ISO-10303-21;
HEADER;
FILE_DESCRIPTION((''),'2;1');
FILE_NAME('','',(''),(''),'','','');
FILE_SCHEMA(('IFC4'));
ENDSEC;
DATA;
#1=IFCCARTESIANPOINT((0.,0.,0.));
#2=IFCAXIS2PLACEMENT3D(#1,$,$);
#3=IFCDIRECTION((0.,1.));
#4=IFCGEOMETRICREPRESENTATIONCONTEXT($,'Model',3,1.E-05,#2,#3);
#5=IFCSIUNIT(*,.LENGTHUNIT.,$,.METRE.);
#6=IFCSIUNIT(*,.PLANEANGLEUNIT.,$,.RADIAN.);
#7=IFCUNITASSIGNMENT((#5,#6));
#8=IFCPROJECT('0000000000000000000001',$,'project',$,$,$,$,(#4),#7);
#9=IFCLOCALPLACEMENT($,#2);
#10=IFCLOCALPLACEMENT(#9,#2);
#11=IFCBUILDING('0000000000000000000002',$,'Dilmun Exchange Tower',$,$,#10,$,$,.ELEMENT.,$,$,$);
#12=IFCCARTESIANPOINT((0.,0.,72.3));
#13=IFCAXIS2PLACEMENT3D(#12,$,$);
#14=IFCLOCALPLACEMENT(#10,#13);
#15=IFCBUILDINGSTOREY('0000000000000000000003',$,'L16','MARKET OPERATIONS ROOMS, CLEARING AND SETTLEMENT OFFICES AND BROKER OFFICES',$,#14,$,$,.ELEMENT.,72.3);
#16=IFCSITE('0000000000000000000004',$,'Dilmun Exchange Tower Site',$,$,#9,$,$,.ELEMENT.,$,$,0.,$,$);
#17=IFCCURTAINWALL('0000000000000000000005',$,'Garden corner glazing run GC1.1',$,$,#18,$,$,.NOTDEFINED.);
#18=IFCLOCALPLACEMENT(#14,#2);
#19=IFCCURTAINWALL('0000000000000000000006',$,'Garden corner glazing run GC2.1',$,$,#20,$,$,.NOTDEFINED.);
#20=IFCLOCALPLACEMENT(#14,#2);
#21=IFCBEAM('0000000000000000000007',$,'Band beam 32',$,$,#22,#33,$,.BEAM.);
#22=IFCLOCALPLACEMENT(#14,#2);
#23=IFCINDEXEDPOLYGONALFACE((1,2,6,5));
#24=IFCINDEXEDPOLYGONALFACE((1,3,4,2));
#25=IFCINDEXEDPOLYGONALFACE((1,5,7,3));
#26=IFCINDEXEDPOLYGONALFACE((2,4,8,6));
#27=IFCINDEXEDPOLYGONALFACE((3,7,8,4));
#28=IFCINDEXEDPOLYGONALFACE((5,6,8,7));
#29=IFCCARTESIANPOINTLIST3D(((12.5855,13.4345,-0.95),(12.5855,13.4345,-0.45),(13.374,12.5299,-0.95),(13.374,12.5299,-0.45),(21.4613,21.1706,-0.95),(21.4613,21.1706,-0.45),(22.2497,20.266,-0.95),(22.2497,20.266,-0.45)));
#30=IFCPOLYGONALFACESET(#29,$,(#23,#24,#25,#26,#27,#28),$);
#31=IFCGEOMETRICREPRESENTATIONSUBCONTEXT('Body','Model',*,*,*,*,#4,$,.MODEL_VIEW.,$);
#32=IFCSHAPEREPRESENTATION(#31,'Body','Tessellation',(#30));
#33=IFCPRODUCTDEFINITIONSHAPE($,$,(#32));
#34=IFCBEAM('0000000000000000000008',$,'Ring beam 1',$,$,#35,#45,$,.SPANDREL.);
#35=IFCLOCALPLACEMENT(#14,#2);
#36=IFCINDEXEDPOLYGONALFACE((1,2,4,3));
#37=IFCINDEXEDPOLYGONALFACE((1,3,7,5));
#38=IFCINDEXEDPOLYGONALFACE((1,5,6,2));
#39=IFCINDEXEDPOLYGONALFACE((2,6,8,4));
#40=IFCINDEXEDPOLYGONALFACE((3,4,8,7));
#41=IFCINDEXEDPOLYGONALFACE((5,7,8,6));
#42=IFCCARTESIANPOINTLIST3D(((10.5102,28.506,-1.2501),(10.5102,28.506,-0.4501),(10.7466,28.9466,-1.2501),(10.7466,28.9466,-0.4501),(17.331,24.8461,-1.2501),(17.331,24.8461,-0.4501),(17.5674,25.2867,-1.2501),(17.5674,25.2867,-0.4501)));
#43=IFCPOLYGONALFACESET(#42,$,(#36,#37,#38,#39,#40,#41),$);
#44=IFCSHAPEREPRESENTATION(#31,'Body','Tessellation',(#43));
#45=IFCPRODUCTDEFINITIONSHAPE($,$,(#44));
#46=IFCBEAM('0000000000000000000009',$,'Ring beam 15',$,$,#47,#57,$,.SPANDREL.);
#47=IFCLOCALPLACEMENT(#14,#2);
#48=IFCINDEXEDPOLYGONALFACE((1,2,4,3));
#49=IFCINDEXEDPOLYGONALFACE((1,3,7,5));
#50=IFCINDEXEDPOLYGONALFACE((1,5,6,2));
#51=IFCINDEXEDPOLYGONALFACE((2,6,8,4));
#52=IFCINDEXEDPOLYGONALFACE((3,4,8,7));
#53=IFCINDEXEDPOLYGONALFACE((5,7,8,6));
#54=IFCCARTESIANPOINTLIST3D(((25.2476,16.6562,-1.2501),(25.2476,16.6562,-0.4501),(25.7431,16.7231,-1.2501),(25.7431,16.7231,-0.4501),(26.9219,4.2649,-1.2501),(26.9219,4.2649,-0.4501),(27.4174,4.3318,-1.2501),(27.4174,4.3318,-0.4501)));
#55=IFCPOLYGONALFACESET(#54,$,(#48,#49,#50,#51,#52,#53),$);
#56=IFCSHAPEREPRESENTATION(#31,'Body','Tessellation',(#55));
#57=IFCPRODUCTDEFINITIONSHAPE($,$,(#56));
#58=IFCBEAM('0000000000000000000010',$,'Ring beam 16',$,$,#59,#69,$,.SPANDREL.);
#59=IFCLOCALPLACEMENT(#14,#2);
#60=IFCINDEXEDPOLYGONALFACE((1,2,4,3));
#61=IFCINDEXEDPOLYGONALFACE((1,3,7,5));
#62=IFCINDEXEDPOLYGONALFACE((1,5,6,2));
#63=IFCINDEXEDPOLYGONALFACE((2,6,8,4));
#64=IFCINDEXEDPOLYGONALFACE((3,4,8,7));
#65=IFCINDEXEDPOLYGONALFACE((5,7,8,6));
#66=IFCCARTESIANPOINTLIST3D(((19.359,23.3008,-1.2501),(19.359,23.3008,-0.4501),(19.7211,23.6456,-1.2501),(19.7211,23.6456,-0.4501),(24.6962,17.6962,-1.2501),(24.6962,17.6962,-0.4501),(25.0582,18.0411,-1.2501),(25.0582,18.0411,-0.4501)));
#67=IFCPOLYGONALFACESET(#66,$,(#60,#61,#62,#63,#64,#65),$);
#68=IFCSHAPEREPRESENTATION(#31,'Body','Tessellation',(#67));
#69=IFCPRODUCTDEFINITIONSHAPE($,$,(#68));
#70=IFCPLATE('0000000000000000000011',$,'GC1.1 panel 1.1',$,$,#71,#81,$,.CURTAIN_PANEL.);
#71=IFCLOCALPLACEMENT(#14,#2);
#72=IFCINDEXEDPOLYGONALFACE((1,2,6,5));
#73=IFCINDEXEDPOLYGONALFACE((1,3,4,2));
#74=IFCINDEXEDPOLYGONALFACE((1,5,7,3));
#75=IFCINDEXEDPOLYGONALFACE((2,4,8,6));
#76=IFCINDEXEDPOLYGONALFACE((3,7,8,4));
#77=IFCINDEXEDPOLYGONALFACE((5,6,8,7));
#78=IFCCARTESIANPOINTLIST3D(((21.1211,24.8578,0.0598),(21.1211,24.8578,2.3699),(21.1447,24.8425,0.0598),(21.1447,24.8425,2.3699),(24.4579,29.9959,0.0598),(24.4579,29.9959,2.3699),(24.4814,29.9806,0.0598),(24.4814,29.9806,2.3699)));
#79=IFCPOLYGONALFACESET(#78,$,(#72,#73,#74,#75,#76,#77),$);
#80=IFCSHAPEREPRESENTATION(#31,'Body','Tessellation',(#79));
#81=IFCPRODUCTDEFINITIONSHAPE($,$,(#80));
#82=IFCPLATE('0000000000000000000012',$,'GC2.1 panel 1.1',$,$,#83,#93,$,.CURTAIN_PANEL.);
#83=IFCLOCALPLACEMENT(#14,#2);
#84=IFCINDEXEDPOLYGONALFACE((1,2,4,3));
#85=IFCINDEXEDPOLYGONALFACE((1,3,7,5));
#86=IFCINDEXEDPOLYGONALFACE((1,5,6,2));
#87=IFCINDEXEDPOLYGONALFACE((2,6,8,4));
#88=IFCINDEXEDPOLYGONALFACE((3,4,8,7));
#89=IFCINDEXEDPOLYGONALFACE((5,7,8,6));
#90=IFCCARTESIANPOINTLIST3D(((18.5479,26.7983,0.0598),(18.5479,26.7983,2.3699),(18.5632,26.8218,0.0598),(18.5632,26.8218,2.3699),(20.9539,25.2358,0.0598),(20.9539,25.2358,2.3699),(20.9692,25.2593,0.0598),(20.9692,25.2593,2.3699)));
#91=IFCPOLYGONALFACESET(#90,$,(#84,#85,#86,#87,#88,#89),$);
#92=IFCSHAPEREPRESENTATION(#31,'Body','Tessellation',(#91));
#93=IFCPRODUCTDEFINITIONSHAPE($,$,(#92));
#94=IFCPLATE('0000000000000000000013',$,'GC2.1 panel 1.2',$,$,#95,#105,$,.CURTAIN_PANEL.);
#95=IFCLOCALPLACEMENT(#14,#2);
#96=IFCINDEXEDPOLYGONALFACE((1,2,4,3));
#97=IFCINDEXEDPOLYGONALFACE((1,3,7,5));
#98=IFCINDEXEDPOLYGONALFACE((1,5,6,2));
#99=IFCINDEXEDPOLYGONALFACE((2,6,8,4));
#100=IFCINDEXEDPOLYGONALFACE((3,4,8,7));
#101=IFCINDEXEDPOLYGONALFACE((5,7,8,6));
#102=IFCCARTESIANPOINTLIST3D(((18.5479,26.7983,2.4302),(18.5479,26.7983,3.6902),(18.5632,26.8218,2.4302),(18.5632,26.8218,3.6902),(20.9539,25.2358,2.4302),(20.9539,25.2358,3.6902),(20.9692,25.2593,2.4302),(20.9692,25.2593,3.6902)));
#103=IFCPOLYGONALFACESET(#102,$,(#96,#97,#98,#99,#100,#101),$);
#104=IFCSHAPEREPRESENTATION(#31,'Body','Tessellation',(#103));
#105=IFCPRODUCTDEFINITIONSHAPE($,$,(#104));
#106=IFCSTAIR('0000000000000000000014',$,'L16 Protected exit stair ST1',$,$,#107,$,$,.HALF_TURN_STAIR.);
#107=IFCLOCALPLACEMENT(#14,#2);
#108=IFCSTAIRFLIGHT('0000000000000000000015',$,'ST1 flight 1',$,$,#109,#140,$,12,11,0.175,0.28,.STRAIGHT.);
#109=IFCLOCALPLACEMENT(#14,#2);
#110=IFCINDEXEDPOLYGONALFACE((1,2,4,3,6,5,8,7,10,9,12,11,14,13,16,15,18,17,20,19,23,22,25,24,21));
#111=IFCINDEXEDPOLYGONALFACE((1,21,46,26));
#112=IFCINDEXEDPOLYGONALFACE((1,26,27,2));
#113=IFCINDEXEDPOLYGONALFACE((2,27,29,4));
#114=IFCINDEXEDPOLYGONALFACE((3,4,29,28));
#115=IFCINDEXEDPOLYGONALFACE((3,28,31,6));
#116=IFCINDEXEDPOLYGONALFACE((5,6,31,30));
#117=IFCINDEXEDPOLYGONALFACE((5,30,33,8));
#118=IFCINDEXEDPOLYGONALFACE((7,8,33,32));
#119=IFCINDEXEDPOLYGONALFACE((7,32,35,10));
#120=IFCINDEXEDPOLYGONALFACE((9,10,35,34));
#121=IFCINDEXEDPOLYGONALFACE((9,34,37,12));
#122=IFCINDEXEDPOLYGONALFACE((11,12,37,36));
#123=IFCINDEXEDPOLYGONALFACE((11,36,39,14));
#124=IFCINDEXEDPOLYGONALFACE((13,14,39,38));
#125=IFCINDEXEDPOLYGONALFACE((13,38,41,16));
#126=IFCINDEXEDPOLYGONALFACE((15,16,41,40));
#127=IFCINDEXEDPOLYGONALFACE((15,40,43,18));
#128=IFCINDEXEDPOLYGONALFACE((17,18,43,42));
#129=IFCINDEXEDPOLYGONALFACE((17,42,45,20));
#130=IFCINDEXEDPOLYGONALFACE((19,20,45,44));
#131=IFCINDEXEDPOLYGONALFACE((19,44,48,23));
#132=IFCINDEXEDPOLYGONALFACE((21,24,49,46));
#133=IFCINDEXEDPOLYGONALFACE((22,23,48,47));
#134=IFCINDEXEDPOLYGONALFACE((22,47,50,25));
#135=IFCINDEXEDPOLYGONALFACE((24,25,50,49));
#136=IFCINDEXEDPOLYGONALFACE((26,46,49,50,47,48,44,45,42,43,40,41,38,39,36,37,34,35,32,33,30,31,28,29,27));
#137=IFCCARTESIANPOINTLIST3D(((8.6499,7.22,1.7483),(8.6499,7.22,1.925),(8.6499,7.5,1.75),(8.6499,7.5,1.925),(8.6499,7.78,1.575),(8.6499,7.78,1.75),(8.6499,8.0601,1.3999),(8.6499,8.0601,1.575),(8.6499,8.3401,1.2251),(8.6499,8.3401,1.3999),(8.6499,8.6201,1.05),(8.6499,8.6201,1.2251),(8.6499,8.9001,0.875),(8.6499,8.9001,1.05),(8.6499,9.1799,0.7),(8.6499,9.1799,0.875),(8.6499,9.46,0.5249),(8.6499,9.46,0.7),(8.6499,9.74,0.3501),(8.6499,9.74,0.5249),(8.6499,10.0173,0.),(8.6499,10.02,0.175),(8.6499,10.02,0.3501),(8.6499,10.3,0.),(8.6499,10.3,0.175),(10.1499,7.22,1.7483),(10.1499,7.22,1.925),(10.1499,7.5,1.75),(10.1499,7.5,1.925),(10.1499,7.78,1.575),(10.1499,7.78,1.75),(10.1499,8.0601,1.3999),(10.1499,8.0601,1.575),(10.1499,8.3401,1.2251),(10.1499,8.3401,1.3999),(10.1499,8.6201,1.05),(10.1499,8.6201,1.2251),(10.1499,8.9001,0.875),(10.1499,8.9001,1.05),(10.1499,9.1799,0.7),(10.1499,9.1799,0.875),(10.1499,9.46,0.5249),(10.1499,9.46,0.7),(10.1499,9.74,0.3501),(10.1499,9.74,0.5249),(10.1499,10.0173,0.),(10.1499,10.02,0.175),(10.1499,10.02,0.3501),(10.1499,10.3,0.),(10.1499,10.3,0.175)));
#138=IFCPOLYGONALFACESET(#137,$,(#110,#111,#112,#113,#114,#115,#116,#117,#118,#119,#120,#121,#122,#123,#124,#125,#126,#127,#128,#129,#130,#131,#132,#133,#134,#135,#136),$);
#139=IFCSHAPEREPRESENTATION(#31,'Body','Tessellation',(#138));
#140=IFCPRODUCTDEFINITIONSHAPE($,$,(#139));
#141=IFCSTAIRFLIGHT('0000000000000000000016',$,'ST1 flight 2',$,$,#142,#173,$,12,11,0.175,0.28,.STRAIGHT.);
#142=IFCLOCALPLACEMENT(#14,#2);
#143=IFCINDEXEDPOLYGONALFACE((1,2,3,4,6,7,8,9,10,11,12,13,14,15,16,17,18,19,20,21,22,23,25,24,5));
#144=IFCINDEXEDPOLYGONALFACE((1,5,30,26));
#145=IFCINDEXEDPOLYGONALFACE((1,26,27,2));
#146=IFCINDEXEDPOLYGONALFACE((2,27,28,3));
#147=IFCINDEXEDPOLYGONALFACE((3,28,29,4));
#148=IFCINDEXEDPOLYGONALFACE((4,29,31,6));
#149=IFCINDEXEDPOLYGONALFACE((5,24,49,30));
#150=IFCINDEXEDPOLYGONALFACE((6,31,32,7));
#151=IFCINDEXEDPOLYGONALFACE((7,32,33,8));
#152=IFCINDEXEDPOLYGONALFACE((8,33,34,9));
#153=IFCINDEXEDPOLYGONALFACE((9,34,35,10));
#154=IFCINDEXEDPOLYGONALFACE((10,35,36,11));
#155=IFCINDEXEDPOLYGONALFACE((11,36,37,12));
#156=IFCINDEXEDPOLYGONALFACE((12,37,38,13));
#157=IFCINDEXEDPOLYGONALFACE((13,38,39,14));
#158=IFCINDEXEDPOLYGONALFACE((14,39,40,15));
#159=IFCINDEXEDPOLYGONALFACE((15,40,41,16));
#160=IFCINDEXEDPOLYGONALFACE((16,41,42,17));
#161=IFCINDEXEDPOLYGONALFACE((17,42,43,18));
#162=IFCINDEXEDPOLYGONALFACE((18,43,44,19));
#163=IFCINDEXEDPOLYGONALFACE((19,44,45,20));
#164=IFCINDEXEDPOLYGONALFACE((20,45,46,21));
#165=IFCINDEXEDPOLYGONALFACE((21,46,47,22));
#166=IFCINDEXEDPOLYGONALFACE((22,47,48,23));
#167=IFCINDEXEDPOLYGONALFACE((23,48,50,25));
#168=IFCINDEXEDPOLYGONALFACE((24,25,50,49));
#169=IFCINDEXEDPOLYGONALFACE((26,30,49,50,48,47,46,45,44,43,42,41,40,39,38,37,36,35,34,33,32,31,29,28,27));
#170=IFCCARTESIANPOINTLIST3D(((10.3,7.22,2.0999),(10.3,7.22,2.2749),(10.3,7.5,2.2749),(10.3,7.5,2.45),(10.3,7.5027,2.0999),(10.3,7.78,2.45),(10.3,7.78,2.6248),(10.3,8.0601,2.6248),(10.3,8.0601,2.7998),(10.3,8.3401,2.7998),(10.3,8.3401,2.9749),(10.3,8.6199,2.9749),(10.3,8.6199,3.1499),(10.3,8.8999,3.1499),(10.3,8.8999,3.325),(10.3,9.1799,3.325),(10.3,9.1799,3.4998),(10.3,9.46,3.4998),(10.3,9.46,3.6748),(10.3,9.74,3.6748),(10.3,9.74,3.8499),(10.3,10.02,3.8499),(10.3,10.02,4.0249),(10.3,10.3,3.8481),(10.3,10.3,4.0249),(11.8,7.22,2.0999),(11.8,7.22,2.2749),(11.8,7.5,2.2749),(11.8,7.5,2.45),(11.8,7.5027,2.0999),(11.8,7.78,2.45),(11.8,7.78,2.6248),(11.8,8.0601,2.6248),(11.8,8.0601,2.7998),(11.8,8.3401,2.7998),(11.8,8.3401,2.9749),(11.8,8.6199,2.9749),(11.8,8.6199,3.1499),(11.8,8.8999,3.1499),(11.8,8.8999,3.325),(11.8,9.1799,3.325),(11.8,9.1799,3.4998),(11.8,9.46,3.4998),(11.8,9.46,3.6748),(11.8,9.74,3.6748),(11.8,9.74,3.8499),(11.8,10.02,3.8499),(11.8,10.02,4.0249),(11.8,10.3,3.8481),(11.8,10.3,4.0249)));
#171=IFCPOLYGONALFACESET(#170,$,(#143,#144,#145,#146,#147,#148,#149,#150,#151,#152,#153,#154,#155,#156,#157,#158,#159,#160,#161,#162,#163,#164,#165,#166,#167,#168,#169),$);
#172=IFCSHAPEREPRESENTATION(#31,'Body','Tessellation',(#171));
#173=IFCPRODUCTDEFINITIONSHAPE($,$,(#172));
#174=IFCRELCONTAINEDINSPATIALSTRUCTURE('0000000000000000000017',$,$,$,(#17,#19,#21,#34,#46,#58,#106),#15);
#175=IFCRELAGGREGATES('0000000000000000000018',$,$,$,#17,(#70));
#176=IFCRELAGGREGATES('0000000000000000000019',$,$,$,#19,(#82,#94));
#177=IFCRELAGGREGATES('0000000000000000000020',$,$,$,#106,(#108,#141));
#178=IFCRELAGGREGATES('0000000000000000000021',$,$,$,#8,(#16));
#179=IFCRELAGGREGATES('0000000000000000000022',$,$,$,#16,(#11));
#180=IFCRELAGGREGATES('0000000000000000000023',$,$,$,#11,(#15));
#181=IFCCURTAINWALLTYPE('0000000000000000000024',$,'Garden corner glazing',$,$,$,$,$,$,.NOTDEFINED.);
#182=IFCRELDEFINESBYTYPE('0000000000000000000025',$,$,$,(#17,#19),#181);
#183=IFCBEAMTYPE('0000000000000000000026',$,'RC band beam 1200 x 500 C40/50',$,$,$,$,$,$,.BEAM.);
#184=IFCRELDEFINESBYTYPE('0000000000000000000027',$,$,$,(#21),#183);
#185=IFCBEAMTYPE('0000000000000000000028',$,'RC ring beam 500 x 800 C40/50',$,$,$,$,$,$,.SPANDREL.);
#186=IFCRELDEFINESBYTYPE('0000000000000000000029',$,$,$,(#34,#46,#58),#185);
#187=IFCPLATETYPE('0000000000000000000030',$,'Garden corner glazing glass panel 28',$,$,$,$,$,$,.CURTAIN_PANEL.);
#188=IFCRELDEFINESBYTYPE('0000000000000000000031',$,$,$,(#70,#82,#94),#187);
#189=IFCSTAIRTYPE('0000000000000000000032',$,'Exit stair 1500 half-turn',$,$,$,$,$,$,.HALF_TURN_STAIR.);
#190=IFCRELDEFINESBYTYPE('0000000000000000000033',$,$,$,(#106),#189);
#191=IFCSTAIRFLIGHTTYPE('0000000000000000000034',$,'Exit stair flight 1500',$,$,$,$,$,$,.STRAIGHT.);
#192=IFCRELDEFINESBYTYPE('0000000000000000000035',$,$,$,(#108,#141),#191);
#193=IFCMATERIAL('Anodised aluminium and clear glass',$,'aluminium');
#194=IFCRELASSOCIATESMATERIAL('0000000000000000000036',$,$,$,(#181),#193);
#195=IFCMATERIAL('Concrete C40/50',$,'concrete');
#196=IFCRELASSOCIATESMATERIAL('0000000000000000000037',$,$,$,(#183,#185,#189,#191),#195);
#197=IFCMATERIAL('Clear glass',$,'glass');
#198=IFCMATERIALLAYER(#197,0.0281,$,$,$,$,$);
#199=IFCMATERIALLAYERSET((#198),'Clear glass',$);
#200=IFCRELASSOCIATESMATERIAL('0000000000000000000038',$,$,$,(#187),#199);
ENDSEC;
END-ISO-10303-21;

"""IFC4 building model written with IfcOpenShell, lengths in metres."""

from ifc_helpers import new_model, si_unit, direction, frame, origin, origin_2d, place, context, subcontext, project, spatial, polyline, rectangle, outline, extrude, material, layer, layer_set, material_profile, profile_set, type_object, element, aggregate, save


model = new_model("IFC4")

# Units and contexts
model_context = context("Model", 3, precision=1e-05, world=origin(), true_north=direction((0.0, 1.0)))
body_context = subcontext(model_context, "Body", "Model", "MODEL_VIEW")
ifc_project = project(units=[si_unit("LENGTHUNIT", "METRE"), si_unit("PLANEANGLEUNIT", "RADIAN")], contexts=[model_context])

# Site, building, storey
site_placement = place(None, origin())
site = spatial("IfcSite", under=ifc_project, at=site_placement, Name="Dilmun Exchange Tower Site", CompositionType="ELEMENT", RefElevation=0.0)
building_placement = place(site_placement, origin())
building = spatial("IfcBuilding", under=site, at=building_placement, Name="Dilmun Exchange Tower", CompositionType="ELEMENT")
storey_placement = place(building_placement, frame((0.0, 0.0, 72.3)))
storey = spatial("IfcBuildingStorey", under=building, at=storey_placement, Name="L16", Description="MARKET OPERATIONS ROOMS, CLEARING AND SETTLEMENT OFFICES AND BROKER OFFICES", CompositionType="ELEMENT", Elevation=72.3)

# Curtain wall
ifc_material_1 = material(Name="Anodised aluminium and clear glass", Category="aluminium")
curtain_wall_type = type_object("IfcCurtainWallType", Name="Garden corner glazing", PredefinedType="NOTDEFINED", material=ifc_material_1)
curtain_wall_1_placement = place(storey_placement, origin())
curtain_wall_1 = element("IfcCurtainWall", 1, at=curtain_wall_1_placement, inside=storey, type_object=curtain_wall_type, Name="Garden corner glazing run GC1.1", PredefinedType="NOTDEFINED")

# Curtain wall
curtain_wall_2_placement = place(storey_placement, origin())
curtain_wall_2 = element("IfcCurtainWall", 2, at=curtain_wall_2_placement, inside=storey, type_object=curtain_wall_type, Name="Garden corner glazing run GC2.1", PredefinedType="NOTDEFINED")

# Beams
ifc_material_2 = material(Name="Concrete C40/50", Category="concrete")
ifc_material_profile_1 = material_profile(ifc_material_2, rectangle(XDim=1.2, YDim=0.5, at=origin_2d()), Name="1200 x 500")
ifc_profile_set_1 = profile_set([ifc_material_profile_1], Name="Concrete C40/50")
beam_type_1 = type_object("IfcBeamType", Name="RC band beam 1200 x 500 C40/50", PredefinedType="BEAM", material=ifc_profile_set_1)
beam_1_placement = place(storey_placement, frame((21.8555, 20.7183, -0.7), z_axis=(-0.753846, -0.657052, 0.0), x_axis=(0.657052, -0.753846, 0.0)))
element("IfcBeam", 3, at=beam_1_placement, inside=storey, type_object=beam_type_1, Name="Band beam 32", PredefinedType="BEAM", context=body_context, shape_type="SweptSolid", body=[
    extrude(rectangle(XDim=1.2, YDim=0.5, at=origin_2d()), origin(), (0.0, 0.0, 1.0), 11.7739),
])
ifc_material_profile_2 = material_profile(ifc_material_2, rectangle(XDim=0.5, YDim=0.8, at=origin_2d()), Name="500 x 800")
ifc_profile_set_2 = profile_set([ifc_material_profile_2], Name="Concrete C40/50")
beam_type_2 = type_object("IfcBeamType", Name="RC ring beam 500 x 800 C40/50", PredefinedType="SPANDREL", material=ifc_profile_set_2)
beam_2_placement = place(storey_placement, frame((17.4492, 25.0664, -0.8501), z_axis=(-0.881162, 0.472815, 0.0), x_axis=(-0.472815, -0.881162, 0.0)))
element("IfcBeam", 4, at=beam_2_placement, inside=storey, type_object=beam_type_2, Name="Ring beam 1", PredefinedType="SPANDREL", context=body_context, shape_type="SweptSolid", body=[
    extrude(rectangle(XDim=0.5, YDim=0.8, at=origin_2d()), origin(), (0.0, 0.0, 1.0), 7.7407),
])
beam_3_placement = place(storey_placement, frame((27.1697, 4.2983, -0.8501), z_axis=(-0.133903, 0.990994, 0.0), x_axis=(-0.990994, -0.133903, 0.0)))
element("IfcBeam", 5, at=beam_3_placement, inside=storey, type_object=beam_type_2, Name="Ring beam 15", PredefinedType="SPANDREL", context=body_context, shape_type="SweptSolid", body=[
    extrude(rectangle(XDim=0.5, YDim=0.8, at=origin_2d()), origin(), (0.0, 0.0, 1.0), 12.5039),
])
beam_4_placement = place(storey_placement, frame((24.8772, 17.8687, -0.8501), z_axis=(-0.689624, 0.724167, 0.0), x_axis=(-0.724167, -0.689624, 0.0)))
element("IfcBeam", 6, at=beam_4_placement, inside=storey, type_object=beam_type_2, Name="Ring beam 16", PredefinedType="SPANDREL", context=body_context, shape_type="SweptSolid", body=[
    extrude(rectangle(XDim=0.5, YDim=0.8, at=origin_2d()), origin(), (0.0, 0.0, 1.0), 7.7393),
])

# Plates
ifc_material_3 = material(Name="Clear glass", Category="glass")
ifc_layer_1 = layer(ifc_material_3, 0.0281)
ifc_layer_set_1 = layer_set([ifc_layer_1], Name="Clear glass")
plate_type = type_object("IfcPlateType", Name="Garden corner glazing glass panel 28", PredefinedType="CURTAIN_PANEL", material=ifc_layer_set_1)
plate_1_placement = place(storey_placement, frame((22.8013, 27.4192, 0.0598), z_axis=(0.0, 0.0, 1.0), x_axis=(-0.544644, -0.838667, 0.0)))
plate_1 = element("IfcPlate", 7, at=plate_1_placement, type_object=plate_type, Name="GC1.1 panel 1.1", PredefinedType="CURTAIN_PANEL", context=body_context, shape_type="SweptSolid", body=[
    extrude(rectangle(XDim=6.1265, YDim=0.0281, at=origin_2d()), origin(), (0.0, 0.0, 1.0), 2.3101),
])
aggregate(curtain_wall_1, [plate_1])
plate_2_placement = place(storey_placement, frame((19.7585, 26.0288, 0.0598), z_axis=(0.0, 0.0, 1.0), x_axis=(-0.838676, 0.544631, 0.0)))
plate_2 = element("IfcPlate", 8, at=plate_2_placement, type_object=plate_type, Name="GC2.1 panel 1.1", PredefinedType="CURTAIN_PANEL", context=body_context, shape_type="SweptSolid", body=[
    extrude(rectangle(XDim=2.8689, YDim=0.0281, at=origin_2d()), origin(), (0.0, 0.0, 1.0), 2.3101),
])
plate_3_placement = place(storey_placement, frame((19.7585, 26.0288, 2.4302), z_axis=(0.0, 0.0, 1.0), x_axis=(-0.838676, 0.544631, 0.0)))
plate_3 = element("IfcPlate", 9, at=plate_3_placement, type_object=plate_type, Name="GC2.1 panel 1.2", PredefinedType="CURTAIN_PANEL", context=body_context, shape_type="SweptSolid", body=[
    extrude(rectangle(XDim=2.8689, YDim=0.0281, at=origin_2d()), origin(), (0.0, 0.0, 1.0), 1.26),
])
aggregate(curtain_wall_2, [plate_2, plate_3])

# Stair, stair flights
stair_type = type_object("IfcStairType", Name="Exit stair 1500 half-turn", PredefinedType="HALF_TURN_STAIR", material=ifc_material_2)
stair_placement = place(storey_placement, origin())
stair = element("IfcStair", 10, at=stair_placement, inside=storey, type_object=stair_type, Name="L16 Protected exit stair ST1", PredefinedType="HALF_TURN_STAIR")
stair_flight_type = type_object("IfcStairFlightType", Name="Exit stair flight 1500", PredefinedType="STRAIGHT", material=ifc_material_2)
stair_flight_1_placement = place(storey_placement, frame((9.3999, 10.3, 0.0), z_axis=(0.0, 0.0, 1.0), x_axis=(0.0, -1.0, 0.0)))
stair_flight_1 = element("IfcStairFlight", 11, at=stair_flight_1_placement, type_object=stair_flight_type, Name="ST1 flight 1", NumberOfRisers=12, NumberOfTreads=11, PredefinedType="STRAIGHT", RiserHeight=0.175, TreadLength=0.28, context=body_context, shape_type="SweptSolid", body=[
    extrude(outline(polyline([(0.0, 0.0), (0.0, 0.175), (0.28, 0.175), (0.28, 0.3501), (0.5601, 0.3501), (0.5601, 0.5249), (0.8401, 0.5249), (0.8401, 0.7), (1.1201, 0.7), (1.1201, 0.875), (1.3999, 0.875), (1.3999, 1.05), (1.6799, 1.05), (1.6799, 1.2251), (1.96, 1.2251), (1.96, 1.3999), (2.24, 1.3999), (2.24, 1.575), (2.52, 1.575), (2.52, 1.75), (2.8, 1.75), (2.8, 1.925), (3.0801, 1.925), (3.0801, 2.1001), (3.0801, 1.7483), (0.2827, 0.0), (0.0, 0.0)])), frame((0.0, 0.75, 0.0), z_axis=(0.0, -1.0, 0.0), x_axis=(1.0, 0.0, 0.0)), (0.0, 0.0, 1.0), 1.5),
])
stair_flight_2_placement = place(storey_placement, frame((11.05, 7.22, 2.0999), z_axis=(0.0, 0.0, 1.0), x_axis=(0.0, 1.0, 0.0)))
stair_flight_2 = element("IfcStairFlight", 12, at=stair_flight_2_placement, type_object=stair_flight_type, Name="ST1 flight 2", NumberOfRisers=12, NumberOfTreads=11, PredefinedType="STRAIGHT", RiserHeight=0.175, TreadLength=0.28, context=body_context, shape_type="SweptSolid", body=[
    extrude(outline(polyline([(0.0, 0.0), (0.0, 0.175), (0.28, 0.175), (0.28, 0.3501), (0.5601, 0.3501), (0.5601, 0.5249), (0.8401, 0.5249), (0.8401, 0.7), (1.1201, 0.7), (1.1201, 0.875), (1.3999, 0.875), (1.3999, 1.05), (1.6799, 1.05), (1.6799, 1.2251), (1.96, 1.2251), (1.96, 1.3999), (2.24, 1.3999), (2.24, 1.575), (2.52, 1.575), (2.52, 1.75), (2.8, 1.75), (2.8, 1.925), (3.0801, 1.925), (3.0801, 2.1001), (3.0801, 1.7483), (0.2827, 0.0), (0.0, 0.0)])), frame((0.0, 0.75, 0.0), z_axis=(0.0, -1.0, 0.0), x_axis=(1.0, 0.0, 0.0)), (0.0, 0.0, 1.0), 1.5),
])
aggregate(stair, [stair_flight_1, stair_flight_2])

save(model, "model.ifc")
